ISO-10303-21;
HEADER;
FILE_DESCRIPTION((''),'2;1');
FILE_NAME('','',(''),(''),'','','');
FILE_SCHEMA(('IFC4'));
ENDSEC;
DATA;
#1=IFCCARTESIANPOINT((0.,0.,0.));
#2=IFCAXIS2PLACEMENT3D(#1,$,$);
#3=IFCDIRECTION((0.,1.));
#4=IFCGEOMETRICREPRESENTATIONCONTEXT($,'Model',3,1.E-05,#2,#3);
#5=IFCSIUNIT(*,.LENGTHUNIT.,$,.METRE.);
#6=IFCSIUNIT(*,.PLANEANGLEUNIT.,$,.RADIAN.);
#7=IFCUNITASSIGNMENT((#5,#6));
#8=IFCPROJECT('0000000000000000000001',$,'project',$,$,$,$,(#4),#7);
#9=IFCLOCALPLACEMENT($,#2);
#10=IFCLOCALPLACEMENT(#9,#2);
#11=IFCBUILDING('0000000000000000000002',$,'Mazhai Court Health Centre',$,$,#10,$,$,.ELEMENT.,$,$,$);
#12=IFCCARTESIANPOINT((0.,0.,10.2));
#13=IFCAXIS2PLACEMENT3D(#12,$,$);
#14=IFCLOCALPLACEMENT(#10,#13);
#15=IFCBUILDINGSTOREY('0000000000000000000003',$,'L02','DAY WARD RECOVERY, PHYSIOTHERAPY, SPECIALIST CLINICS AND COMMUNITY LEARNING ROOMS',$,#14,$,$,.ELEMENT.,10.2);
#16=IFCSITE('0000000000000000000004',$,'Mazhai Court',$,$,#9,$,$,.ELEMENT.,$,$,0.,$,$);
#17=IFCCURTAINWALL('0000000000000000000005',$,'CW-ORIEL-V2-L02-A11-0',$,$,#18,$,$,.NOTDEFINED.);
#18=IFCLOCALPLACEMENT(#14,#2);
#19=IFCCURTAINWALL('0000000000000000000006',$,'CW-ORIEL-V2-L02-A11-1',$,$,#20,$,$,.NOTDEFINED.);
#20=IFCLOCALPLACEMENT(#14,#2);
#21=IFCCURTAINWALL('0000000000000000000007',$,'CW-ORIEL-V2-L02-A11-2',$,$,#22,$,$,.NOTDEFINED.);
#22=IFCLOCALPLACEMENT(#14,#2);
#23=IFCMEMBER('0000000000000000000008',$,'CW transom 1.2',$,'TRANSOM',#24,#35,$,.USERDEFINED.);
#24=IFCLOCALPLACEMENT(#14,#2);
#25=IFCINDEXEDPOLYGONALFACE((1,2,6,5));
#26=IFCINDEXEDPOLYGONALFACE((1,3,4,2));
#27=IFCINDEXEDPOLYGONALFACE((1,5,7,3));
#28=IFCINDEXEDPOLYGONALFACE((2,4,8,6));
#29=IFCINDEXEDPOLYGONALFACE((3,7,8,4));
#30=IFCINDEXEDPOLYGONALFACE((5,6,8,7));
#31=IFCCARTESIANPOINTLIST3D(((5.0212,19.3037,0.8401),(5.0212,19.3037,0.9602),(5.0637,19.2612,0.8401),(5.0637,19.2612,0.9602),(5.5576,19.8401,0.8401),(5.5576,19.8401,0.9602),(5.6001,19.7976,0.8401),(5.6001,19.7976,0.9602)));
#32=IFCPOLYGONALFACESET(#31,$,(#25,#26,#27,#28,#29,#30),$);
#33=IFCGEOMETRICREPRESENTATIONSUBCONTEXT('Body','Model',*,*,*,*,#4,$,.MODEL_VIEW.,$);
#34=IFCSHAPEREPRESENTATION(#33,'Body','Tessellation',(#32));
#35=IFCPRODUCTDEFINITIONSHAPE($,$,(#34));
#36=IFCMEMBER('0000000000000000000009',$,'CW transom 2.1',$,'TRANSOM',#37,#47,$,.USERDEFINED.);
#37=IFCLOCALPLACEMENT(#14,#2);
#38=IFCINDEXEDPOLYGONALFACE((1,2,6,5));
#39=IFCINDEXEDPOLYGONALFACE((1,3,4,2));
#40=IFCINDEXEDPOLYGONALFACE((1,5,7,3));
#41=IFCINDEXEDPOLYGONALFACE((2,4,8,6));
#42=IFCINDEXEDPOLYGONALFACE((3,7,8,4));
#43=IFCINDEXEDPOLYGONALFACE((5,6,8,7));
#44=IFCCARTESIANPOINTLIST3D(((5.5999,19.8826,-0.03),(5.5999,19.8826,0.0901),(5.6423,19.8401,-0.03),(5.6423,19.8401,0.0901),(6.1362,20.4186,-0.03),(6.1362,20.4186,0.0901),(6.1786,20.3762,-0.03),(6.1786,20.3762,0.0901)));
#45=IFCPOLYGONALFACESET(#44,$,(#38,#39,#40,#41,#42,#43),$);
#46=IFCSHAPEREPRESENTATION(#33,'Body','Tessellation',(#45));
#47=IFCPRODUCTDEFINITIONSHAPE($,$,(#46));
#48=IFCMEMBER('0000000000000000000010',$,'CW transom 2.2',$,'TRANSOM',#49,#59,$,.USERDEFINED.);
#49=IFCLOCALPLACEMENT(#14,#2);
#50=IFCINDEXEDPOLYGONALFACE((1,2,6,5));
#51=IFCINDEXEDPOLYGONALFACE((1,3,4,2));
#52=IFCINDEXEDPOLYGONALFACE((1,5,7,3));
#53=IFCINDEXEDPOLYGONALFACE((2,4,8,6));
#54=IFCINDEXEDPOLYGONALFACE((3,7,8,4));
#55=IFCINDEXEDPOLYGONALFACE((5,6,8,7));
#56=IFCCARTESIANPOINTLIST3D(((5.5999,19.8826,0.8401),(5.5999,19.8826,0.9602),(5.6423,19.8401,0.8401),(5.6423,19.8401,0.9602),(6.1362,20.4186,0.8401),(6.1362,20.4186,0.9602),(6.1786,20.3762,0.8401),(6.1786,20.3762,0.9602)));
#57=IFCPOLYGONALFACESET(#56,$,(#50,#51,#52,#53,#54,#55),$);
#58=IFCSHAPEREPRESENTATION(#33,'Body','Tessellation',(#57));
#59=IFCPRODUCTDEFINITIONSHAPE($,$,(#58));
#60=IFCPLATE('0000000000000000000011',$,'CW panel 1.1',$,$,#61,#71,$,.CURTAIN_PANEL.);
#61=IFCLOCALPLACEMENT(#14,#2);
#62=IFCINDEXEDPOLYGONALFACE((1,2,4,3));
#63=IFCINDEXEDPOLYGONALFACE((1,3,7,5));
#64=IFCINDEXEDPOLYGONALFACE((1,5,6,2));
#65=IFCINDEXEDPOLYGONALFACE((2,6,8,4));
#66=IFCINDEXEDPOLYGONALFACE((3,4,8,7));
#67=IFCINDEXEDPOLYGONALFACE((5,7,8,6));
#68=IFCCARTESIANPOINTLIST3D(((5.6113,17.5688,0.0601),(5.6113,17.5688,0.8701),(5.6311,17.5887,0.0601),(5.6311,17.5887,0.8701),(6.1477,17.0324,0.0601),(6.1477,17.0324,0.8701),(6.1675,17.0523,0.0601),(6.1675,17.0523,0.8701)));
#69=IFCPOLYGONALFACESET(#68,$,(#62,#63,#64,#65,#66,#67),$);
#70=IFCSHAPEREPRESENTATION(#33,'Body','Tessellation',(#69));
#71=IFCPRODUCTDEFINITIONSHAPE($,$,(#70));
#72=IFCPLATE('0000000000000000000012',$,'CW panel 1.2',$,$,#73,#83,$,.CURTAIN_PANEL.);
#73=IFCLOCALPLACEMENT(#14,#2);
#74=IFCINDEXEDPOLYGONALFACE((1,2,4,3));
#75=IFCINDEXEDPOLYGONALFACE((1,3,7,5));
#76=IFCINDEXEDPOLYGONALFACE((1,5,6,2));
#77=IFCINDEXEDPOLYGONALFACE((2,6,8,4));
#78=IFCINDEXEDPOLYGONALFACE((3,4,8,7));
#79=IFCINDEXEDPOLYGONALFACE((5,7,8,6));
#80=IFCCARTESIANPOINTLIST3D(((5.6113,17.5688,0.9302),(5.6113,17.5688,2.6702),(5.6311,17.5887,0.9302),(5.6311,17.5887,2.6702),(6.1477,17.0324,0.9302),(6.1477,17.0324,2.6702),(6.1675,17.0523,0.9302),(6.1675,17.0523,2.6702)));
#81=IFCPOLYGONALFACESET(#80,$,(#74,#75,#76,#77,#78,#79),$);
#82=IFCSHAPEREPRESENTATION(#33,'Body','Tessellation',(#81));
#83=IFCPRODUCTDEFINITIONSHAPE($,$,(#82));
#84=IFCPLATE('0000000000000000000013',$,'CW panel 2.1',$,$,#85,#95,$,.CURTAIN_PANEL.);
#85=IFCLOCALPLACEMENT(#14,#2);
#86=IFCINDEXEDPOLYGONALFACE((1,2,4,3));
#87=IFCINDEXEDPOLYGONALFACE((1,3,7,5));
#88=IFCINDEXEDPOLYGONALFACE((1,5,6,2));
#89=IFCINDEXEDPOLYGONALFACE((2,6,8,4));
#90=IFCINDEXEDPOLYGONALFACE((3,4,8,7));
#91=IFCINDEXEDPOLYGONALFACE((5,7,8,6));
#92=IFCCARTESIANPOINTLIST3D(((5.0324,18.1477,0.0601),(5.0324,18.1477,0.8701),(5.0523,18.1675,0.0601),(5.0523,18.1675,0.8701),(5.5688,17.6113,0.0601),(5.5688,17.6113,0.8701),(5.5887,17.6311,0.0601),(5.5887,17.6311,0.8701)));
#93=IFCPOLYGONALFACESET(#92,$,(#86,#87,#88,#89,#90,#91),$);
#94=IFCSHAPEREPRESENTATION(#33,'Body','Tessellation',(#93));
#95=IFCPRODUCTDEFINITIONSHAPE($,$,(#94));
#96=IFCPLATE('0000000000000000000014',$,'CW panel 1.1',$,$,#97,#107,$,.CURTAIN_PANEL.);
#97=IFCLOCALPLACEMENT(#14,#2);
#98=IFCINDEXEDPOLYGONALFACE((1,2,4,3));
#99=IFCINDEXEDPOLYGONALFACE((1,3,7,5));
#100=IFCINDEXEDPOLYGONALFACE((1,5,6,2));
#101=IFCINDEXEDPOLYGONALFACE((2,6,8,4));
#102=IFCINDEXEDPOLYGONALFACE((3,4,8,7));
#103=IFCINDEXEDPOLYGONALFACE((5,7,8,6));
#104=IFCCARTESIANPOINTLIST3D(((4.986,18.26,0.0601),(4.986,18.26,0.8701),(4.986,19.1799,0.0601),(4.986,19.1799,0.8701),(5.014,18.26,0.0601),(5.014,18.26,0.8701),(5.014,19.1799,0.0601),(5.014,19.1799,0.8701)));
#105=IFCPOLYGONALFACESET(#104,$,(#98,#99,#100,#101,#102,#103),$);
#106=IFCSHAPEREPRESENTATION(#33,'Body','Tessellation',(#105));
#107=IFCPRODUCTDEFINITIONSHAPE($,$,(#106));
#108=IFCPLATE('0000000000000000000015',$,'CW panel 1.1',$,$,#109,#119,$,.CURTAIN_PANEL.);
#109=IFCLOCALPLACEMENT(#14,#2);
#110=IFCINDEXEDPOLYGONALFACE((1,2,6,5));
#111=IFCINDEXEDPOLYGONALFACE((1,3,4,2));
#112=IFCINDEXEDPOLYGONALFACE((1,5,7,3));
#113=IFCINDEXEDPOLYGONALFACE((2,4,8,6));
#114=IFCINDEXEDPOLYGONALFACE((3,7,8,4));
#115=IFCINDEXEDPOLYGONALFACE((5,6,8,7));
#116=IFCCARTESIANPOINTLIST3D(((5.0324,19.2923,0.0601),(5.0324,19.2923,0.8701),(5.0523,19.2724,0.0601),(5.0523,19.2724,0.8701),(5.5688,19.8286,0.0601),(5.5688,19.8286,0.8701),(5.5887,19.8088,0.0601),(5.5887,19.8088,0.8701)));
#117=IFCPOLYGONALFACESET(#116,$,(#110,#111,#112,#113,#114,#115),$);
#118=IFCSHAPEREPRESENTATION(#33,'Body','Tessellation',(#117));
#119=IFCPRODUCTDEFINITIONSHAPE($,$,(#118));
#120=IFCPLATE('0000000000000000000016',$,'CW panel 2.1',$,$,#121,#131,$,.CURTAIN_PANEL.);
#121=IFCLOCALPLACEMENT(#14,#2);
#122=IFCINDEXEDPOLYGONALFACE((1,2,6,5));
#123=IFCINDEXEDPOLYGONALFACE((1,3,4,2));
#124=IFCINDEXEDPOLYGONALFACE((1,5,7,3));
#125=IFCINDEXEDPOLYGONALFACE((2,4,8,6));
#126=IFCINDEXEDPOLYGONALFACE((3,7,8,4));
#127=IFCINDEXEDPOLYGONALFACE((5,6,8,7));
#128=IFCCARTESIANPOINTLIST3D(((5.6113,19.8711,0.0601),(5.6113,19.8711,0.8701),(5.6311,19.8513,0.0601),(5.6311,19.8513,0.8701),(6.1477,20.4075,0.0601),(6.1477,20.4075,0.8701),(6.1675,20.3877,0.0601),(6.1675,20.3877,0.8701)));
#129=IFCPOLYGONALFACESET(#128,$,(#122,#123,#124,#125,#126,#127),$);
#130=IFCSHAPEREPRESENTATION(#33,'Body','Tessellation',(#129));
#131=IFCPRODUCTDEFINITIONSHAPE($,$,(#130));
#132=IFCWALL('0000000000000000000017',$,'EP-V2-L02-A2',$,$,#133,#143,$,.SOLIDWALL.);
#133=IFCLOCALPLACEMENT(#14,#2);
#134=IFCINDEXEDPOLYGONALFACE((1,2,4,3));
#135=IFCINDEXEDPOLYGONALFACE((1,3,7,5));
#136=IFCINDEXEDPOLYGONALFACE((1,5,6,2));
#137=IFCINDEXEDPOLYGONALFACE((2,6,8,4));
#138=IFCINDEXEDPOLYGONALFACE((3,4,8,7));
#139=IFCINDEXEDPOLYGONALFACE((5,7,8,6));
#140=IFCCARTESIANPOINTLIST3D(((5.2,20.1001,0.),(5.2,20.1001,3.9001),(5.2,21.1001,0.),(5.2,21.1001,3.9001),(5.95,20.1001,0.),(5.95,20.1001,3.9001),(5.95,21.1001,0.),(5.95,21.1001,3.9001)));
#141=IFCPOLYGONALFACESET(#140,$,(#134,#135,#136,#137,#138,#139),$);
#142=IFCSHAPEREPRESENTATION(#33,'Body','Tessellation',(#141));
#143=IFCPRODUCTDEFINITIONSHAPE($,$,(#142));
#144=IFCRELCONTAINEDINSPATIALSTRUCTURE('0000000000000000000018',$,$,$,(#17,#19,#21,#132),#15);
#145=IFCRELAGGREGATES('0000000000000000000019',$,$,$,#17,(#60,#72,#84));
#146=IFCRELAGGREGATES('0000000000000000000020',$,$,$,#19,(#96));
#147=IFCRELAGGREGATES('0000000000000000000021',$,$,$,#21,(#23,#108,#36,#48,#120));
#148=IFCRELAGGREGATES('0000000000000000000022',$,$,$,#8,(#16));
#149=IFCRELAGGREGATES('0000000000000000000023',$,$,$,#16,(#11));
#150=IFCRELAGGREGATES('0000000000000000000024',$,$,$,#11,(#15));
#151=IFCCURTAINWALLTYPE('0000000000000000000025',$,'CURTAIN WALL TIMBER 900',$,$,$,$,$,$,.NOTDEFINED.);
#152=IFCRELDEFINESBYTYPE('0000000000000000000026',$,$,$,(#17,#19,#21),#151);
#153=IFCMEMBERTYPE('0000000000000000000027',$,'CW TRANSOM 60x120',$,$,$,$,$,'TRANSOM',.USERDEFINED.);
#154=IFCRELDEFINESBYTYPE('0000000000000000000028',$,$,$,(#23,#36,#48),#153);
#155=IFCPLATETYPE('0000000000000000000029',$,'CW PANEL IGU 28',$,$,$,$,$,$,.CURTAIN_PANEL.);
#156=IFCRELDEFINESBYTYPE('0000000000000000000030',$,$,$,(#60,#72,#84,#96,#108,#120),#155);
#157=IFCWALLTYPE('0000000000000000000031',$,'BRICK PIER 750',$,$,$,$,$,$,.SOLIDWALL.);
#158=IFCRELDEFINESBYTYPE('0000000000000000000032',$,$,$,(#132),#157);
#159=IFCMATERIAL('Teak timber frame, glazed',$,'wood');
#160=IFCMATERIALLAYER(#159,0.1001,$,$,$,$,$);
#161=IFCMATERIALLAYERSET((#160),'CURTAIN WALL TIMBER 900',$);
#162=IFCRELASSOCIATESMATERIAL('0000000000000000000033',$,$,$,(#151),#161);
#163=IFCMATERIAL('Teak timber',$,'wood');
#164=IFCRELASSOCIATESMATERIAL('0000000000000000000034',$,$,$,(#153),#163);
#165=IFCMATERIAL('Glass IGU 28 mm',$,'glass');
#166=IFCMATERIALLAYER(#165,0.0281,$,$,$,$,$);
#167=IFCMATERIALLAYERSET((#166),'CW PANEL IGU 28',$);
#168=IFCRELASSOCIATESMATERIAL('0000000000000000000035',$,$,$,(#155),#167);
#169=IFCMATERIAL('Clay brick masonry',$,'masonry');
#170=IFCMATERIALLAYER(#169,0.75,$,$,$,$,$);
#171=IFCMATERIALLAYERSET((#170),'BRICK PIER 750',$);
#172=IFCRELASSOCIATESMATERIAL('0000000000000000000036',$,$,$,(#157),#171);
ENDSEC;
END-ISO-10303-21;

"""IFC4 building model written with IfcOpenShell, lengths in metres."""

from ifc_helpers import new_model, si_unit, direction, frame, frame_2d, origin, origin_2d, place, context, subcontext, project, spatial, rectangle, extrude, material, layer, layer_set, material_profile, profile_set, type_object, element, aggregate, save


model = new_model("IFC4")

# Units and contexts
model_context = context("Model", 3, precision=1e-05, world=origin(), true_north=direction((0.0, 1.0)))
body_context = subcontext(model_context, "Body", "Model", "MODEL_VIEW")
ifc_project = project(units=[si_unit("LENGTHUNIT", "METRE"), si_unit("PLANEANGLEUNIT", "RADIAN")], contexts=[model_context])

# Site, building, storey
site_placement = place(None, origin())
site = spatial("IfcSite", under=ifc_project, at=site_placement, Name="Mazhai Court", CompositionType="ELEMENT", RefElevation=0.0)
building_placement = place(site_placement, origin())
building = spatial("IfcBuilding", under=site, at=building_placement, Name="Mazhai Court Health Centre", CompositionType="ELEMENT")
storey_placement = place(building_placement, frame((0.0, 0.0, 10.2)))
storey = spatial("IfcBuildingStorey", under=building, at=storey_placement, Name="L02", Description="DAY WARD RECOVERY, PHYSIOTHERAPY, SPECIALIST CLINICS AND COMMUNITY LEARNING ROOMS", CompositionType="ELEMENT", Elevation=10.2)

# Shared definitions
ifc_material_1 = material(Name="Teak timber frame, glazed", Category="wood")
ifc_layer_1 = layer(ifc_material_1, 0.1001)
ifc_layer_set_1 = layer_set([ifc_layer_1], Name="CURTAIN WALL TIMBER 900")
curtain_wall_type = type_object("IfcCurtainWallType", Name="CURTAIN WALL TIMBER 900", PredefinedType="NOTDEFINED", material=ifc_layer_set_1)

# Curtain walls
curtain_wall_1_placement = place(storey_placement, origin())
curtain_wall_1 = element("IfcCurtainWall", 1, at=curtain_wall_1_placement, inside=storey, type_object=curtain_wall_type, Name="CW-ORIEL-V2-L02-A11-0", PredefinedType="NOTDEFINED")
curtain_wall_2_placement = place(storey_placement, origin())
curtain_wall_2 = element("IfcCurtainWall", 2, at=curtain_wall_2_placement, inside=storey, type_object=curtain_wall_type, Name="CW-ORIEL-V2-L02-A11-1", PredefinedType="NOTDEFINED")
curtain_wall_3_placement = place(storey_placement, origin())
curtain_wall_3 = element("IfcCurtainWall", 3, at=curtain_wall_3_placement, inside=storey, type_object=curtain_wall_type, Name="CW-ORIEL-V2-L02-A11-2", PredefinedType="NOTDEFINED")

# Members
ifc_material_2 = material(Name="Teak timber", Category="wood")
ifc_material_profile_1 = material_profile(ifc_material_2, rectangle(XDim=0.0601, YDim=0.1201, at=origin_2d()), Name="CW TRANSOM 60x120")
ifc_profile_set_1 = profile_set([ifc_material_profile_1], Name="Teak timber")
member_type_1 = type_object("IfcMemberType", Name="CW TRANSOM 60x120", ElementType="TRANSOM", PredefinedType="USERDEFINED", material=ifc_profile_set_1)
member_1_placement = place(storey_placement, frame((5.0425, 19.2825, 0.9001), z_axis=(0.707107, 0.707107, 0.0), x_axis=(-0.707107, 0.707107, 0.0)))
member_1 = element("IfcMember", 4, at=member_1_placement, type_object=member_type_1, Name="CW transom 1.2", ObjectType="TRANSOM", PredefinedType="USERDEFINED", context=body_context, shape_type="SweptSolid", body=[
    extrude(rectangle(XDim=0.0601, YDim=0.1201, at=origin_2d()), origin(), (0.0, 0.0, 1.0), 0.7585),
])
member_2_placement = place(storey_placement, frame((5.6211, 19.8613, 0.03), z_axis=(0.707268, 0.706946, 0.0), x_axis=(-0.706946, 0.707268, 0.0)))
member_2 = element("IfcMember", 5, at=member_2_placement, type_object=member_type_1, Name="CW transom 2.1", ObjectType="TRANSOM", PredefinedType="USERDEFINED", context=body_context, shape_type="SweptSolid", body=[
    extrude(rectangle(XDim=0.0601, YDim=0.1201, at=origin_2d()), origin(), (0.0, 0.0, 1.0), 0.7583),
])
member_3_placement = place(storey_placement, frame((5.6211, 19.8613, 0.9001), z_axis=(0.707268, 0.706946, 0.0), x_axis=(-0.706946, 0.707268, 0.0)))
member_3 = element("IfcMember", 6, at=member_3_placement, type_object=member_type_1, Name="CW transom 2.2", ObjectType="TRANSOM", PredefinedType="USERDEFINED", context=body_context, shape_type="SweptSolid", body=[
    extrude(rectangle(XDim=0.0601, YDim=0.1201, at=origin_2d()), origin(), (0.0, 0.0, 1.0), 0.7583),
])

# Plates
ifc_material_3 = material(Name="Glass IGU 28 mm", Category="glass")
ifc_layer_2 = layer(ifc_material_3, 0.0281)
ifc_layer_set_2 = layer_set([ifc_layer_2], Name="CW PANEL IGU 28")
plate_type = type_object("IfcPlateType", Name="CW PANEL IGU 28", PredefinedType="CURTAIN_PANEL", material=ifc_layer_set_2)
plate_1_placement = place(storey_placement, frame((5.8894, 17.3105, 0.0601), z_axis=(0.0, 0.0, 1.0), x_axis=(-0.707107, 0.707107, 0.0)))
plate_1 = element("IfcPlate", 7, at=plate_1_placement, type_object=plate_type, Name="CW panel 1.1", PredefinedType="CURTAIN_PANEL", context=body_context, shape_type="SweptSolid", body=[
    extrude(rectangle(XDim=0.7585, YDim=0.0281, at=origin_2d()), origin(), (0.0, 0.0, 1.0), 0.8101),
])
plate_2_placement = place(storey_placement, frame((5.8894, 17.3105, 0.9302), z_axis=(0.0, 0.0, 1.0), x_axis=(-0.707107, 0.707107, 0.0)))
plate_2 = element("IfcPlate", 8, at=plate_2_placement, type_object=plate_type, Name="CW panel 1.2", PredefinedType="CURTAIN_PANEL", context=body_context, shape_type="SweptSolid", body=[
    extrude(rectangle(XDim=0.7585, YDim=0.0281, at=origin_2d()), origin(), (0.0, 0.0, 1.0), 1.74),
])
plate_3_placement = place(storey_placement, frame((5.3105, 17.8894, 0.0601), z_axis=(0.0, 0.0, 1.0), x_axis=(-0.707107, 0.707107, 0.0)))
plate_3 = element("IfcPlate", 9, at=plate_3_placement, type_object=plate_type, Name="CW panel 2.1", PredefinedType="CURTAIN_PANEL", context=body_context, shape_type="SweptSolid", body=[
    extrude(rectangle(XDim=0.7585, YDim=0.0281, at=origin_2d()), origin(), (0.0, 0.0, 1.0), 0.8101),
])
aggregate(curtain_wall_1, [plate_1, plate_2, plate_3])
plate_4_placement = place(storey_placement, frame((5.0, 18.72, 0.0601), z_axis=(0.0, 0.0, 1.0), x_axis=(0.0, 1.0, 0.0)))
plate_4 = element("IfcPlate", 10, at=plate_4_placement, type_object=plate_type, Name="CW panel 1.1", PredefinedType="CURTAIN_PANEL", context=body_context, shape_type="SweptSolid", body=[
    extrude(rectangle(XDim=0.9199, YDim=0.0281, at=origin_2d()), origin(), (0.0, 0.0, 1.0), 0.8101),
])
aggregate(curtain_wall_2, [plate_4])
plate_5_placement = place(storey_placement, frame((5.3105, 19.5505, 0.0601), z_axis=(0.0, 0.0, 1.0), x_axis=(0.707107, 0.707107, 0.0)))
plate_5 = element("IfcPlate", 11, at=plate_5_placement, type_object=plate_type, Name="CW panel 1.1", PredefinedType="CURTAIN_PANEL", context=body_context, shape_type="SweptSolid", body=[
    extrude(rectangle(XDim=0.7585, YDim=0.0281, at=origin_2d()), origin(), (0.0, 0.0, 1.0), 0.8101),
])
plate_6_placement = place(storey_placement, frame((5.8894, 20.1294, 0.0601), z_axis=(0.0, 0.0, 1.0), x_axis=(0.707107, 0.707107, 0.0)))
plate_6 = element("IfcPlate", 12, at=plate_6_placement, type_object=plate_type, Name="CW panel 2.1", PredefinedType="CURTAIN_PANEL", context=body_context, shape_type="SweptSolid", body=[
    extrude(rectangle(XDim=0.7585, YDim=0.0281, at=origin_2d()), origin(), (0.0, 0.0, 1.0), 0.8101),
])
aggregate(curtain_wall_3, [member_1, plate_5, member_2, member_3, plate_6])

# Wall
ifc_material_4 = material(Name="Clay brick masonry", Category="masonry")
ifc_layer_3 = layer(ifc_material_4, 0.75)
ifc_layer_set_3 = layer_set([ifc_layer_3], Name="BRICK PIER 750")
wall_type = type_object("IfcWallType", Name="BRICK PIER 750", PredefinedType="SOLIDWALL", material=ifc_layer_set_3)
wall_placement = place(storey_placement, frame((5.575, 20.1001, 0.0), z_axis=(0.0, 0.0, 1.0), x_axis=(0.0, 1.0, 0.0)))
element("IfcWall", 13, at=wall_placement, inside=storey, type_object=wall_type, Name="EP-V2-L02-A2", PredefinedType="SOLIDWALL", context=body_context, shape_type="SweptSolid", body=[
    extrude(rectangle(XDim=1.0, YDim=0.75, at=frame_2d((0.5, 0.0))), origin(), (0.0, 0.0, 1.0), 3.9001),
])

save(model, "model.ifc")
